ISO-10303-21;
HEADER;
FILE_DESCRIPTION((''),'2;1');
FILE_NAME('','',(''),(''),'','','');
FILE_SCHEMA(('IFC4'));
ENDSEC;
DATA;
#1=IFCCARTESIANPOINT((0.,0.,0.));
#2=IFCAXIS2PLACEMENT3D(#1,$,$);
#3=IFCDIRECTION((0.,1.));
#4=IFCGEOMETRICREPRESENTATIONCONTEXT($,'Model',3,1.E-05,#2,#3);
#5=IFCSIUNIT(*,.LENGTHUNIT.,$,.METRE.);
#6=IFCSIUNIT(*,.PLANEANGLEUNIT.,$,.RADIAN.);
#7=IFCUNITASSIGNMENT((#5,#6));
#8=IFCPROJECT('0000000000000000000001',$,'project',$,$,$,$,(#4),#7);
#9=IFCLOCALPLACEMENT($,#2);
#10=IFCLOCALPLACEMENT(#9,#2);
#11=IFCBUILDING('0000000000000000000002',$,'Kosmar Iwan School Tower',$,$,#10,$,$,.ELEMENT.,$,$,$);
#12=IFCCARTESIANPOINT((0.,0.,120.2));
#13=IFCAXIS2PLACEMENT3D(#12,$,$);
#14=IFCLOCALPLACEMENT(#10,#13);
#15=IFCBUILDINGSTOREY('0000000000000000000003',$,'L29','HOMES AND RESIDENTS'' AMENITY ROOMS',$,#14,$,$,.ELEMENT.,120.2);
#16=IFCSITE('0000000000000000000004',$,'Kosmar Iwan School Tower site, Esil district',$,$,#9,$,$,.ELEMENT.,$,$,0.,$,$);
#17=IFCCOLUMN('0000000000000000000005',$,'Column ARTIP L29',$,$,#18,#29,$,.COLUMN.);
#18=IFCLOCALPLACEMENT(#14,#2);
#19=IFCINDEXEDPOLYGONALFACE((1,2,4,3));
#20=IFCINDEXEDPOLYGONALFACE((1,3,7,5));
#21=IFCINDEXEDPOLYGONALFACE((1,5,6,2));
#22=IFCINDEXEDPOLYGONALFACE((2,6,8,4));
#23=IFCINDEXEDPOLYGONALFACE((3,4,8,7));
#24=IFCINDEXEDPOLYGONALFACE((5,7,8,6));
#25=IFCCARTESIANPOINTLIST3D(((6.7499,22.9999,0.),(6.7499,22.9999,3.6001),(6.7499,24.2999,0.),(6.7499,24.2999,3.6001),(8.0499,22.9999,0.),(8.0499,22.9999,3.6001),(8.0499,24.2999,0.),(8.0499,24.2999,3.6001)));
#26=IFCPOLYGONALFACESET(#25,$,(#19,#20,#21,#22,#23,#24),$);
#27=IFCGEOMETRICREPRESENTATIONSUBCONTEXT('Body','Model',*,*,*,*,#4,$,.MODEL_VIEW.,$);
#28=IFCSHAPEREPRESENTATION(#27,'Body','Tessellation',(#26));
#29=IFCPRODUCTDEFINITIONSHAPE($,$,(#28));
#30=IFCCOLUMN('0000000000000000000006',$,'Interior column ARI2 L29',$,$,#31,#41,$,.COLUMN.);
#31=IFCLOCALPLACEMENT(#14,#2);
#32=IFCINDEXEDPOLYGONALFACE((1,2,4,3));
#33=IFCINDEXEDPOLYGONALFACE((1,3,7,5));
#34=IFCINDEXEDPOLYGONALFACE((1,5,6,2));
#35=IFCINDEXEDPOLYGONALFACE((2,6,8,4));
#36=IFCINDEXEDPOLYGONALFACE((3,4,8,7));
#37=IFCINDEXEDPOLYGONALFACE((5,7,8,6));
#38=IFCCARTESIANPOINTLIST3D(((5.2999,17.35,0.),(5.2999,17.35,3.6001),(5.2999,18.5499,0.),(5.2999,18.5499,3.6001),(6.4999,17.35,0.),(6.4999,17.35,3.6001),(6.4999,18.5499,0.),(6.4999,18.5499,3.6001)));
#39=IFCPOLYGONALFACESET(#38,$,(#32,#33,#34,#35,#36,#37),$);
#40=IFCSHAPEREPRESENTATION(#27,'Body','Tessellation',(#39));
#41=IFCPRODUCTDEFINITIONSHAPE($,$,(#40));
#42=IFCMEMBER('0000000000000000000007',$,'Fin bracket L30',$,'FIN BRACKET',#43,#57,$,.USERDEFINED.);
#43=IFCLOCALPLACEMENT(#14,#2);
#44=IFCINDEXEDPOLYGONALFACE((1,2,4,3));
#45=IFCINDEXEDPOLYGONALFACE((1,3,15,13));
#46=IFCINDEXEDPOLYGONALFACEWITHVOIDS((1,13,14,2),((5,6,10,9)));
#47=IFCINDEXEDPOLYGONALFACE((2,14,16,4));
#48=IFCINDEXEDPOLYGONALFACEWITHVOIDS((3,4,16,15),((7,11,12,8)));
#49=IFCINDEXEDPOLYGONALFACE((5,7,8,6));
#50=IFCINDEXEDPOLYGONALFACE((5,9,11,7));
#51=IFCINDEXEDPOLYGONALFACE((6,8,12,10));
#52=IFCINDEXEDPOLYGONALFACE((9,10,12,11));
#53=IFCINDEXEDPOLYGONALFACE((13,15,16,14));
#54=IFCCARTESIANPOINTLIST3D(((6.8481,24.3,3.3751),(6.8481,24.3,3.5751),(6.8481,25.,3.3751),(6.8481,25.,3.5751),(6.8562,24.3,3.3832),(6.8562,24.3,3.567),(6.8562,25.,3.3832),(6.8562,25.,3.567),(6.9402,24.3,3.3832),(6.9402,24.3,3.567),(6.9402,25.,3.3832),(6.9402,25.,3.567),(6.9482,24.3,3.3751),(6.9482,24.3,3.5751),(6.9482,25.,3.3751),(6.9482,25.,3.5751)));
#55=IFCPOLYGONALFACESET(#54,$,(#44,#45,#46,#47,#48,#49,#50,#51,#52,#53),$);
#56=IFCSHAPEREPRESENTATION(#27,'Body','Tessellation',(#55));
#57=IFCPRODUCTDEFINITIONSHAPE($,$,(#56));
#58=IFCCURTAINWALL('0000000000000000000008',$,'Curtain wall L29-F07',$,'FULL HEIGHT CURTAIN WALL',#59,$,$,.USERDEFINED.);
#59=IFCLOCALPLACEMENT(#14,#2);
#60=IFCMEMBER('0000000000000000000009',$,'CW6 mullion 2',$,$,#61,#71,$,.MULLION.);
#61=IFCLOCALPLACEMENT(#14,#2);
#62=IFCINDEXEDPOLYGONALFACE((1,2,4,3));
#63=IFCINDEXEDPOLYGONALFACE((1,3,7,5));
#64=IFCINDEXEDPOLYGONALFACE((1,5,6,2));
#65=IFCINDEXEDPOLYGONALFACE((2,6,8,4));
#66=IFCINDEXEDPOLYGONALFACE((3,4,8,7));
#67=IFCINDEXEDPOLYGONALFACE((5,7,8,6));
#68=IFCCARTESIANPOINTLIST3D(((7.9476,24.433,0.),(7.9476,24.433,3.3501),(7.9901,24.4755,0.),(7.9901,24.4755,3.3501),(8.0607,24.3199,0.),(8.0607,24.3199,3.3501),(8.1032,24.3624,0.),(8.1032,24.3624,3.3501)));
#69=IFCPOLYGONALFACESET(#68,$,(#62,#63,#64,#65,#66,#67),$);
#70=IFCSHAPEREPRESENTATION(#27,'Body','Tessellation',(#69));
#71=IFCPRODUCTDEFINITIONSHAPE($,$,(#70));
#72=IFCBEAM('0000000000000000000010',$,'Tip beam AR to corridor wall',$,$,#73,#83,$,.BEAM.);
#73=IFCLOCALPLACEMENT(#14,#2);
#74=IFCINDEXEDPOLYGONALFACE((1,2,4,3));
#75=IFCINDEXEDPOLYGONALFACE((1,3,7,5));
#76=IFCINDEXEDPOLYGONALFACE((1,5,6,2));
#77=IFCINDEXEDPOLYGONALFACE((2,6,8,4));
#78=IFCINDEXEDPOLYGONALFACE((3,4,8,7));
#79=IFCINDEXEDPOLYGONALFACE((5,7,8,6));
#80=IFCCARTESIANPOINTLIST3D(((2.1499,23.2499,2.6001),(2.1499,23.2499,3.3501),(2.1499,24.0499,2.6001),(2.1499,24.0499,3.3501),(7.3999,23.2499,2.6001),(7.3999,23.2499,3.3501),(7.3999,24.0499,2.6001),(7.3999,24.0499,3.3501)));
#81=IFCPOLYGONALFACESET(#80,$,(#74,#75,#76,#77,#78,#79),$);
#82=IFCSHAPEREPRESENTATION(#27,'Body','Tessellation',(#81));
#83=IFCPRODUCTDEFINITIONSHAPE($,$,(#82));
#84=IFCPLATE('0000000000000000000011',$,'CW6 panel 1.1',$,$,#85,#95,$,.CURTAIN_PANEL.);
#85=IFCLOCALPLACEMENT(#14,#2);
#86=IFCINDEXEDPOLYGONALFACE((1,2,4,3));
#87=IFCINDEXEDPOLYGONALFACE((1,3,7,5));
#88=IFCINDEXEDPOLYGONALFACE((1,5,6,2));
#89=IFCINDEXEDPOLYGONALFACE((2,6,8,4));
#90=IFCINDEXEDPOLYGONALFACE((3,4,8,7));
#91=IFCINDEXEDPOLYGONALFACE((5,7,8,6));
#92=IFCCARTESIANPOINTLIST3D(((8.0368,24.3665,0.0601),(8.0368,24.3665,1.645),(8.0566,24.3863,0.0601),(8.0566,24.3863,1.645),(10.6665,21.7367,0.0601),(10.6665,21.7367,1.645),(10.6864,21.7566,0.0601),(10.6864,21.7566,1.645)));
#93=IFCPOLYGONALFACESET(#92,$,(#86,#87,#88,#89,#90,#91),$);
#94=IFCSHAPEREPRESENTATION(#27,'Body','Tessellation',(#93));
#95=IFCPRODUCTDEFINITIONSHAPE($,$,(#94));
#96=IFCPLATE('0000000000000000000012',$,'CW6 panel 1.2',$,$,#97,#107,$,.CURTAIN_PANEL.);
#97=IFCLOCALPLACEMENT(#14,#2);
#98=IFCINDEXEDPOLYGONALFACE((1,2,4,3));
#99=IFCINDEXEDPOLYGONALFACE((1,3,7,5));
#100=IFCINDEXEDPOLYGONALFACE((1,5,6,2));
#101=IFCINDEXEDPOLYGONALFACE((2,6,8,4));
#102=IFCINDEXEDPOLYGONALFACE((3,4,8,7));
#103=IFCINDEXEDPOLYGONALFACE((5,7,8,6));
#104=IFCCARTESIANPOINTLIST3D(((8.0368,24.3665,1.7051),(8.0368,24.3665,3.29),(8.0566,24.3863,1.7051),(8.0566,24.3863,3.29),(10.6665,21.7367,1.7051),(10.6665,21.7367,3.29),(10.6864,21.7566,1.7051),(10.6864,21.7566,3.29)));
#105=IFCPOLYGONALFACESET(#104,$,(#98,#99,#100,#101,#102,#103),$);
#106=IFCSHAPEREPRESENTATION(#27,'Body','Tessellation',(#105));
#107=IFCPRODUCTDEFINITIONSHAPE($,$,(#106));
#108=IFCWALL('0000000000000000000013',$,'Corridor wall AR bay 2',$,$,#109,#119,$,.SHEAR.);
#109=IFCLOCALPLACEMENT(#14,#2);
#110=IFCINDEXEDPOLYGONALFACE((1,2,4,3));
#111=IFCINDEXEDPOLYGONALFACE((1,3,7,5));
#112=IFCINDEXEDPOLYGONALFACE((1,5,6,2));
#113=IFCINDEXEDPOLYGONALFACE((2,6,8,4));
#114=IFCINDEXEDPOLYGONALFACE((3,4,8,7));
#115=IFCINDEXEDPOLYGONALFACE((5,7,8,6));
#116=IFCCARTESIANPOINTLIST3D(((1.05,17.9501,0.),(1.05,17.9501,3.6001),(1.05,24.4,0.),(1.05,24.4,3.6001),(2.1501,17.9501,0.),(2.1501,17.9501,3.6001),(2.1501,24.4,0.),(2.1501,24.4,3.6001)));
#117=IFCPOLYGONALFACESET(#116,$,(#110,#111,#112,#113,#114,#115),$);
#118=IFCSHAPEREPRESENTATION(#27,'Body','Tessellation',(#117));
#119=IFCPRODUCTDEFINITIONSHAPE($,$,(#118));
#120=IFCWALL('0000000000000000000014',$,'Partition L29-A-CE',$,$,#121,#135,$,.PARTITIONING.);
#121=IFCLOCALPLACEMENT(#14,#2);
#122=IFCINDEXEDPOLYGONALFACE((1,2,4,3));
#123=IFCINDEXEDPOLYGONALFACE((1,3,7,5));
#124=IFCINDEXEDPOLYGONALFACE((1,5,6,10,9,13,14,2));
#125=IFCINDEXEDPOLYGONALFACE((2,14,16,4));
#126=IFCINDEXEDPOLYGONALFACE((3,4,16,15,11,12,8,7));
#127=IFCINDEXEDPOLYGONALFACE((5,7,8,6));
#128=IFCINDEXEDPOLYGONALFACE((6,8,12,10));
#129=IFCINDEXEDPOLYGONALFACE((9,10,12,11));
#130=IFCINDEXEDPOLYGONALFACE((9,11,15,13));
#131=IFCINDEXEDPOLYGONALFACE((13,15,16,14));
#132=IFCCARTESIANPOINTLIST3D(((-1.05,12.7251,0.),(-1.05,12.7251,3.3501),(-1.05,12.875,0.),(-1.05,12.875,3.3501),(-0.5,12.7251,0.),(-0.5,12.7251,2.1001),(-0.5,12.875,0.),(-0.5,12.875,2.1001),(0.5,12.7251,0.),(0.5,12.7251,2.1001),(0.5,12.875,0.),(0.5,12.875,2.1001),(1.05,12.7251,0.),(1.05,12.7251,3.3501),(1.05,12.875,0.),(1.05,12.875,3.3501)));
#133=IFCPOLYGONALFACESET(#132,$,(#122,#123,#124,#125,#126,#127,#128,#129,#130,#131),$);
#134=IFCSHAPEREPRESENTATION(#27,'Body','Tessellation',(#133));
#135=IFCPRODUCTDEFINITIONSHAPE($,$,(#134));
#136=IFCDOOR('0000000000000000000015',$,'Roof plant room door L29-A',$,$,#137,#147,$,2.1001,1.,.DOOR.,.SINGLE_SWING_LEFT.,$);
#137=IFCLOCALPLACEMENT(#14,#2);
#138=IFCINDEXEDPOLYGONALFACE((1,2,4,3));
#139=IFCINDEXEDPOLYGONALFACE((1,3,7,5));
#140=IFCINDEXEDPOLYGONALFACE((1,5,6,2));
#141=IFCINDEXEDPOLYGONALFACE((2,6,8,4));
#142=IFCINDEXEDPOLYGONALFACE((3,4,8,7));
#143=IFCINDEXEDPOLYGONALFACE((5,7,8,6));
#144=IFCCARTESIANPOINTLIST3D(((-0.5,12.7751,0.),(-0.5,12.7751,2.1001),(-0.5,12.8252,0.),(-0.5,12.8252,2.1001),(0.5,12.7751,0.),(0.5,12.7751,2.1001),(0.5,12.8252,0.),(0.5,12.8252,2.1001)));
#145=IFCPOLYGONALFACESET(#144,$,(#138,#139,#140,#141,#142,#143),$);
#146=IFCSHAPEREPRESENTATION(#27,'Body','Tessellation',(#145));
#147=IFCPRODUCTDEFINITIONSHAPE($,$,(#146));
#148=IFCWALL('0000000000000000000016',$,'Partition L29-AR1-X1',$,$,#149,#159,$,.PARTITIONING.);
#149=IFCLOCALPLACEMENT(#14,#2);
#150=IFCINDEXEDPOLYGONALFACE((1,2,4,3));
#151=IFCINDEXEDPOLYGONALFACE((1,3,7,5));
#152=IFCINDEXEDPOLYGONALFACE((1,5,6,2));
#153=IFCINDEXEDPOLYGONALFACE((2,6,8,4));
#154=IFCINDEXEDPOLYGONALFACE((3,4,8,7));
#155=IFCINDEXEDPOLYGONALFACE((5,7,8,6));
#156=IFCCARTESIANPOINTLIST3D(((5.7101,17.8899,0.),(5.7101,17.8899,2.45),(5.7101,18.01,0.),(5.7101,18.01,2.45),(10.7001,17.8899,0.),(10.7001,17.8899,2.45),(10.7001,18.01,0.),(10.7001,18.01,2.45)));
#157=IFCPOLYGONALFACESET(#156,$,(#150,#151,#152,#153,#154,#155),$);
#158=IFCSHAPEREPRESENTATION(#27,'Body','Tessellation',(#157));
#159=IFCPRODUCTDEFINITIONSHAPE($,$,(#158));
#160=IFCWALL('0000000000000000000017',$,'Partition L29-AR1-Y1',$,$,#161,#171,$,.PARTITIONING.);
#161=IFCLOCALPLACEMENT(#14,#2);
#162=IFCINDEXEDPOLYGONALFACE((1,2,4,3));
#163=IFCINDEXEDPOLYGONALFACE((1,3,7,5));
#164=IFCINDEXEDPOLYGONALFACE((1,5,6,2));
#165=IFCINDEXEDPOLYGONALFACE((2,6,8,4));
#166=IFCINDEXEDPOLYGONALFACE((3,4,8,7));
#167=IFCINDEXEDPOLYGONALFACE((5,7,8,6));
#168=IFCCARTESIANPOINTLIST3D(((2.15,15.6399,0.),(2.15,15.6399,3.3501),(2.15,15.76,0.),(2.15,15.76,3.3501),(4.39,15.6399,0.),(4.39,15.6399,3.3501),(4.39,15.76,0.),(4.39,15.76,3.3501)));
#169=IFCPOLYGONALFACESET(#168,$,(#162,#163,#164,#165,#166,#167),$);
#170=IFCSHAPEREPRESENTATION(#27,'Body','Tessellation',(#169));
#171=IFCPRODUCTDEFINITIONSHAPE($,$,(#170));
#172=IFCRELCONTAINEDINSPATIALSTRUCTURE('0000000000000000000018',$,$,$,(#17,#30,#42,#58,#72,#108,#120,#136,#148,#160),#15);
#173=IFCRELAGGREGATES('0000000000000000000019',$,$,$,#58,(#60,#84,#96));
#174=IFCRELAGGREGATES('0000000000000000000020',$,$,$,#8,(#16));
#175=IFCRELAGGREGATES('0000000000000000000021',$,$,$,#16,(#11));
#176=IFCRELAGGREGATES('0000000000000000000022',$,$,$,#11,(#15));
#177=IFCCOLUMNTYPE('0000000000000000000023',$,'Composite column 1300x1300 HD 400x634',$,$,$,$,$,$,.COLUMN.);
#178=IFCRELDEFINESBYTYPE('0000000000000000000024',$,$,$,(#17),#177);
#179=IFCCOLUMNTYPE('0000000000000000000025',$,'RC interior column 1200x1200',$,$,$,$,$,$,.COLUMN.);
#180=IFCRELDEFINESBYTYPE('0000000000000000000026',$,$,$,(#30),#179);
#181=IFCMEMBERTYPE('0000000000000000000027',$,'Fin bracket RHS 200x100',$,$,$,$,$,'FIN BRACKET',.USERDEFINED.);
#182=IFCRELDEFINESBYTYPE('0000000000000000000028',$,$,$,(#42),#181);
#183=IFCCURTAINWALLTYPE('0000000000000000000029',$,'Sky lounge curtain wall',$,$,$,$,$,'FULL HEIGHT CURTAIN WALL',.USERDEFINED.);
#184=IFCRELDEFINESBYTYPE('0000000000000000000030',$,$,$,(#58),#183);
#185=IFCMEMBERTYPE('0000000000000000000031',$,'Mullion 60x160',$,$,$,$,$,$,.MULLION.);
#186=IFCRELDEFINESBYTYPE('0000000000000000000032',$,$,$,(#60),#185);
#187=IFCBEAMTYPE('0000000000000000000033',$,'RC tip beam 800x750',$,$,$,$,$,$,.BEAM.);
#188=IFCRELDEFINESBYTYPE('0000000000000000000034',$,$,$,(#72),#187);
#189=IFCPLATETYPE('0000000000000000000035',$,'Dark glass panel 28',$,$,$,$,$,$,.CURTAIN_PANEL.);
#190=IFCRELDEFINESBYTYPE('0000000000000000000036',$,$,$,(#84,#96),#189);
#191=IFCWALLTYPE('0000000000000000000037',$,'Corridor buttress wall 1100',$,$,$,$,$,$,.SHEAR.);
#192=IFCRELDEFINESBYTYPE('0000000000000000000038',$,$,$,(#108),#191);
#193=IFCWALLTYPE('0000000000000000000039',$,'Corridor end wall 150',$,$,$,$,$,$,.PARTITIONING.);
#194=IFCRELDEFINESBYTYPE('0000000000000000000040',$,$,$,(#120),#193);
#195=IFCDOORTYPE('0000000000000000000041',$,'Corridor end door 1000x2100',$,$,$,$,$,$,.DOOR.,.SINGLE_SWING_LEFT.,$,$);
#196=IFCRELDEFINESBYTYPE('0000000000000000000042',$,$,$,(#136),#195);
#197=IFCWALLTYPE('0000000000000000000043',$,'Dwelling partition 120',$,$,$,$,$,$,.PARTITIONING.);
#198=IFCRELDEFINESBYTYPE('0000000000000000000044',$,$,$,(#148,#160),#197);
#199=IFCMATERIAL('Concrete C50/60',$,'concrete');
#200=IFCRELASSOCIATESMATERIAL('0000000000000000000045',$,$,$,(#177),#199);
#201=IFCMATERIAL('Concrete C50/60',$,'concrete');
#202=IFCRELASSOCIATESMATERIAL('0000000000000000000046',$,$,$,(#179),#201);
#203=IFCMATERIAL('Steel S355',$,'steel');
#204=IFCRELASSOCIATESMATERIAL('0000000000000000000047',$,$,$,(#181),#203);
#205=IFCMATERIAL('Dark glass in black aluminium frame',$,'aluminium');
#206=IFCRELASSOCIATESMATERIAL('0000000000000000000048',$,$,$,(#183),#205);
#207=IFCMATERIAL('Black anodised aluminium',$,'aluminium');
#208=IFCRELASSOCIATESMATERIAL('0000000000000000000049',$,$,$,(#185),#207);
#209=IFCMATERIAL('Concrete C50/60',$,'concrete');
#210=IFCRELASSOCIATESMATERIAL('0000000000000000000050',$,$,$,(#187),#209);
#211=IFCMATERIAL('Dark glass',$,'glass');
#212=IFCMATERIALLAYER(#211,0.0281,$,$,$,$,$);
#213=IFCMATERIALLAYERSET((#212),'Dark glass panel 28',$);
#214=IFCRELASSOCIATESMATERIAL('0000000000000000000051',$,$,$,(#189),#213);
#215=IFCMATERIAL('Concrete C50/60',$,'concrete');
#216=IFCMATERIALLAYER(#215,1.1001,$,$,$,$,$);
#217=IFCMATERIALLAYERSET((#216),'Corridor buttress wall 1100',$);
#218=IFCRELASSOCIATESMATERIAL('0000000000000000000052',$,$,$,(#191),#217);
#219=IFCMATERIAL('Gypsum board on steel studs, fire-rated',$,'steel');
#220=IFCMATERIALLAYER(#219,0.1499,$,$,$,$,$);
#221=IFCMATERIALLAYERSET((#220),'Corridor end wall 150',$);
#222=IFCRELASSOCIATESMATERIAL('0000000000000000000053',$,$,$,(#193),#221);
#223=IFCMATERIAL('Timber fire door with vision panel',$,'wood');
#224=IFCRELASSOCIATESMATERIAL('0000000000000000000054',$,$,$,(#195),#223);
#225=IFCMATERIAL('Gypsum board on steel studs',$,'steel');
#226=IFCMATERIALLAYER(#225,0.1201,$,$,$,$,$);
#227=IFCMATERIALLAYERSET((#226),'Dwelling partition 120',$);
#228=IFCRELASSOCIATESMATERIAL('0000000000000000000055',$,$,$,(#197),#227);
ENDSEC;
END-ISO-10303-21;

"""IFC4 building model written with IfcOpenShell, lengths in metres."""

from ifc_helpers import new_model, si_unit, direction, frame, frame_2d, origin, origin_2d, place, context, subcontext, project, spatial, rectangle, hollow_rectangle, extrude, material, layer, layer_set, material_profile, profile_set, type_object, element, fill, aggregate, save


model = new_model("IFC4")

# Units and contexts
model_context = context("Model", 3, precision=1e-05, world=origin(), true_north=direction((0.0, 1.0)))
body_context = subcontext(model_context, "Body", "Model", "MODEL_VIEW")
ifc_project = project(units=[si_unit("LENGTHUNIT", "METRE"), si_unit("PLANEANGLEUNIT", "RADIAN")], contexts=[model_context])

# Site, building, storey
site_placement = place(None, origin())
site = spatial("IfcSite", under=ifc_project, at=site_placement, Name="Kosmar Iwan School Tower site, Esil district", CompositionType="ELEMENT", RefElevation=0.0)
building_placement = place(site_placement, origin())
building = spatial("IfcBuilding", under=site, at=building_placement, Name="Kosmar Iwan School Tower", CompositionType="ELEMENT")
storey_placement = place(building_placement, frame((0.0, 0.0, 120.2)))
storey = spatial("IfcBuildingStorey", under=building, at=storey_placement, Name="L29", Description="HOMES AND RESIDENTS' AMENITY ROOMS", CompositionType="ELEMENT", Elevation=120.2)

# Columns
ifc_material_1 = material(Name="Concrete C50/60", Category="concrete")
ifc_material_profile_1 = material_profile(ifc_material_1, rectangle(XDim=1.3, YDim=1.3, at=origin_2d()), Name="RC 1300x1300 + HD 400x634")
ifc_profile_set_1 = profile_set([ifc_material_profile_1], Name="Concrete C50/60")
column_type_1 = type_object("IfcColumnType", Name="Composite column 1300x1300 HD 400x634", PredefinedType="COLUMN", material=ifc_profile_set_1)
column_1_placement = place(storey_placement, frame((7.3999, 23.6499, 0.0), z_axis=(0.0, 0.0, 1.0), x_axis=(0.0, 1.0, 0.0)))
element("IfcColumn", 1, at=column_1_placement, inside=storey, type_object=column_type_1, Name="Column ARTIP L29", PredefinedType="COLUMN", context=body_context, shape_type="SweptSolid", body=[
    extrude(rectangle(XDim=1.3, YDim=1.3, at=origin_2d()), origin(), (0.0, 0.0, 1.0), 3.6001),
])
ifc_material_2 = material(Name="Concrete C50/60", Category="concrete")
ifc_material_profile_2 = material_profile(ifc_material_2, rectangle(XDim=1.2, YDim=1.2, at=origin_2d()), Name="RC 1200x1200")
ifc_profile_set_2 = profile_set([ifc_material_profile_2], Name="Concrete C50/60")
column_type_2 = type_object("IfcColumnType", Name="RC interior column 1200x1200", PredefinedType="COLUMN", material=ifc_profile_set_2)
column_2_placement = place(storey_placement, frame((5.8999, 17.95, 0.0), z_axis=(0.0, 0.0, 1.0), x_axis=(0.0, 1.0, 0.0)))
element("IfcColumn", 2, at=column_2_placement, inside=storey, type_object=column_type_2, Name="Interior column ARI2 L29", PredefinedType="COLUMN", context=body_context, shape_type="SweptSolid", body=[
    extrude(rectangle(XDim=1.2, YDim=1.2, at=origin_2d()), origin(), (0.0, 0.0, 1.0), 3.6001),
])

# Member
ifc_material_3 = material(Name="Steel S355", Category="steel")
ifc_material_profile_3 = material_profile(ifc_material_3, hollow_rectangle(XDim=0.1001, YDim=0.2, WallThickness=0.0081, at=origin_2d()), Name="RHS 200x100x8")
ifc_profile_set_3 = profile_set([ifc_material_profile_3], Name="Steel S355")
member_type_1 = type_object("IfcMemberType", Name="Fin bracket RHS 200x100", ElementType="FIN BRACKET", PredefinedType="USERDEFINED", material=ifc_profile_set_3)
member_1_placement = place(storey_placement, frame((6.8982, 24.3, 3.4751), z_axis=(0.0, 1.0, 0.0), x_axis=(-1.0, 0.0, 0.0)))
element("IfcMember", 3, at=member_1_placement, inside=storey, type_object=member_type_1, Name="Fin bracket L30", ObjectType="FIN BRACKET", PredefinedType="USERDEFINED", context=body_context, shape_type="SweptSolid", body=[
    extrude(hollow_rectangle(XDim=0.1001, YDim=0.2, WallThickness=0.0081, at=origin_2d()), origin(), (0.0, 0.0, 1.0), 0.7),
])

# Curtain wall, member
ifc_material_4 = material(Name="Dark glass in black aluminium frame", Category="aluminium")
curtain_wall_type = type_object("IfcCurtainWallType", Name="Sky lounge curtain wall", ElementType="FULL HEIGHT CURTAIN WALL", PredefinedType="USERDEFINED", material=ifc_material_4)
curtain_wall_placement = place(storey_placement, origin())
curtain_wall = element("IfcCurtainWall", 4, at=curtain_wall_placement, inside=storey, type_object=curtain_wall_type, Name="Curtain wall L29-F07", ObjectType="FULL HEIGHT CURTAIN WALL", PredefinedType="USERDEFINED")
ifc_material_5 = material(Name="Black anodised aluminium", Category="aluminium")
ifc_material_profile_4 = material_profile(ifc_material_5, rectangle(XDim=0.0601, YDim=0.1599, at=origin_2d()), Name="MULLION 60x160")
ifc_profile_set_4 = profile_set([ifc_material_profile_4], Name="Black anodised aluminium")
member_type_2 = type_object("IfcMemberType", Name="Mullion 60x160", PredefinedType="MULLION", material=ifc_profile_set_4)
member_2_placement = place(storey_placement, frame((8.0254, 24.3977, 0.0), z_axis=(0.0, 0.0, 1.0), x_axis=(-0.707107, -0.707107, 0.0)))
member_2 = element("IfcMember", 5, at=member_2_placement, type_object=member_type_2, Name="CW6 mullion 2", PredefinedType="MULLION", context=body_context, shape_type="SweptSolid", body=[
    extrude(rectangle(XDim=0.0601, YDim=0.1599, at=origin_2d()), origin(), (0.0, 0.0, 1.0), 3.3501),
])

# Beam
ifc_material_6 = material(Name="Concrete C50/60", Category="concrete")
ifc_material_profile_5 = material_profile(ifc_material_6, rectangle(XDim=0.8, YDim=0.75, at=origin_2d()), Name="RC 800x750")
ifc_profile_set_5 = profile_set([ifc_material_profile_5], Name="Concrete C50/60")
beam_type = type_object("IfcBeamType", Name="RC tip beam 800x750", PredefinedType="BEAM", material=ifc_profile_set_5)
beam_placement = place(storey_placement, frame((7.3999, 23.6499, 2.9751), z_axis=(-1.0, 0.0, 0.0), x_axis=(0.0, -1.0, 0.0)))
element("IfcBeam", 6, at=beam_placement, inside=storey, type_object=beam_type, Name="Tip beam AR to corridor wall", PredefinedType="BEAM", context=body_context, shape_type="SweptSolid", body=[
    extrude(rectangle(XDim=0.8, YDim=0.75, at=origin_2d()), origin(), (0.0, 0.0, 1.0), 5.25),
])

# Plates
ifc_material_7 = material(Name="Dark glass", Category="glass")
ifc_layer_1 = layer(ifc_material_7, 0.0281)
ifc_layer_set_1 = layer_set([ifc_layer_1], Name="Dark glass panel 28")
plate_type = type_object("IfcPlateType", Name="Dark glass panel 28", PredefinedType="CURTAIN_PANEL", material=ifc_layer_set_1)
plate_1_placement = place(storey_placement, frame((9.3616, 23.0615, 0.0601), z_axis=(0.0, 0.0, 1.0), x_axis=(-0.707107, 0.707107, 0.0)))
plate_1 = element("IfcPlate", 7, at=plate_1_placement, type_object=plate_type, Name="CW6 panel 1.1", PredefinedType="CURTAIN_PANEL", context=body_context, shape_type="SweptSolid", body=[
    extrude(rectangle(XDim=3.719, YDim=0.0281, at=origin_2d()), origin(), (0.0, 0.0, 1.0), 1.585),
])
plate_2_placement = place(storey_placement, frame((9.3616, 23.0615, 1.7051), z_axis=(0.0, 0.0, 1.0), x_axis=(-0.707107, 0.707107, 0.0)))
plate_2 = element("IfcPlate", 8, at=plate_2_placement, type_object=plate_type, Name="CW6 panel 1.2", PredefinedType="CURTAIN_PANEL", context=body_context, shape_type="SweptSolid", body=[
    extrude(rectangle(XDim=3.719, YDim=0.0281, at=origin_2d()), origin(), (0.0, 0.0, 1.0), 1.585),
])
aggregate(curtain_wall, [member_2, plate_1, plate_2])

# Wall
ifc_material_8 = material(Name="Concrete C50/60", Category="concrete")
ifc_layer_2 = layer(ifc_material_8, 1.1001)
ifc_layer_set_2 = layer_set([ifc_layer_2], Name="Corridor buttress wall 1100")
wall_type_1 = type_object("IfcWallType", Name="Corridor buttress wall 1100", PredefinedType="SHEAR", material=ifc_layer_set_2)
wall_1_placement = place(storey_placement, frame((1.6001, 17.95, 0.0), z_axis=(0.0, 0.0, 1.0), x_axis=(0.0, 1.0, 0.0)))
element("IfcWall", 9, at=wall_1_placement, inside=storey, type_object=wall_type_1, Name="Corridor wall AR bay 2", PredefinedType="SHEAR", context=body_context, shape_type="SweptSolid", body=[
    extrude(rectangle(XDim=6.45, YDim=1.1001, at=frame_2d((3.2251, 0.0))), origin(), (0.0, 0.0, 1.0), 3.6001),
])

# Wall, opening, door
ifc_material_9 = material(Name="Gypsum board on steel studs, fire-rated", Category="steel")
ifc_layer_3 = layer(ifc_material_9, 0.1499)
ifc_layer_set_3 = layer_set([ifc_layer_3], Name="Corridor end wall 150")
wall_type_2 = type_object("IfcWallType", Name="Corridor end wall 150", PredefinedType="PARTITIONING", material=ifc_layer_set_3)
wall_2_placement = place(storey_placement, frame((1.05, 12.8, 0.0), z_axis=(0.0, 0.0, 1.0), x_axis=(-1.0, 0.0, 0.0)))
wall_2 = element("IfcWall", 10, at=wall_2_placement, inside=storey, type_object=wall_type_2, Name="Partition L29-A-CE", PredefinedType="PARTITIONING", context=body_context, shape_type="SweptSolid", body=[
    extrude(rectangle(XDim=2.1001, YDim=0.1499, at=frame_2d((1.05, 0.0))), origin(), (0.0, 0.0, 1.0), 3.3501),
])
opening_1_placement = place(wall_2_placement, frame((0.55, 0.0, 0.0)))
opening_1 = element("IfcOpeningElement", 11, at=opening_1_placement, cuts=wall_2, PredefinedType="OPENING", context=body_context, shape_type="SweptSolid", body=[
    extrude(rectangle(XDim=1.0, YDim=2.1001, at=frame_2d((0.5, 1.05))), frame((0.0, 0.0869, 0.0), z_axis=(0.0, -1.0, 0.0), x_axis=(1.0, 0.0, 0.0)), (0.0, 0.0, 1.0), 0.1738),
])
ifc_material_10 = material(Name="Timber fire door with vision panel", Category="wood")
door_type_1 = type_object("IfcDoorType", Name="Corridor end door 1000x2100", OperationType="SINGLE_SWING_LEFT", PredefinedType="DOOR", material=ifc_material_10)
door_1_placement = place(opening_1_placement, origin())
door_1 = element("IfcDoor", 12, at=door_1_placement, inside=storey, type_object=door_type_1, Name="Roof plant room door L29-A", OperationType="SINGLE_SWING_LEFT", OverallHeight=2.1001, OverallWidth=1.0, PredefinedType="DOOR", context=body_context, shape_type="SweptSolid", body=[
    extrude(rectangle(XDim=1.0, YDim=2.1001, at=frame_2d((0.5, 1.05))), frame((0.0, 0.0249, 0.0), z_axis=(0.0, -1.0, 0.0), x_axis=(1.0, 0.0, 0.0)), (0.0, 0.0, 1.0), 0.05),
])
fill(opening_1, door_1)

# Walls
ifc_material_11 = material(Name="Gypsum board on steel studs", Category="steel")
ifc_layer_4 = layer(ifc_material_11, 0.1201)
ifc_layer_set_4 = layer_set([ifc_layer_4], Name="Dwelling partition 120")
wall_type_3 = type_object("IfcWallType", Name="Dwelling partition 120", PredefinedType="PARTITIONING", material=ifc_layer_set_4)
wall_3_placement = place(storey_placement, frame((5.71, 17.95, 0.0), z_axis=(0.0, 0.0, 1.0), x_axis=(1.0, 0.0, 0.0)))
element("IfcWall", 13, at=wall_3_placement, inside=storey, type_object=wall_type_3, Name="Partition L29-AR1-X1", PredefinedType="PARTITIONING", context=body_context, shape_type="SweptSolid", body=[
    extrude(rectangle(XDim=4.99, YDim=0.1201, at=frame_2d((2.4951, 0.0))), origin(), (0.0, 0.0, 1.0), 2.45),
])
wall_4_placement = place(storey_placement, frame((2.1499, 15.7, 0.0), z_axis=(0.0, 0.0, 1.0), x_axis=(1.0, 0.0, 0.0)))
element("IfcWall", 14, at=wall_4_placement, inside=storey, type_object=wall_type_3, Name="Partition L29-AR1-Y1", PredefinedType="PARTITIONING", context=body_context, shape_type="SweptSolid", body=[
    extrude(rectangle(XDim=2.24, YDim=0.1201, at=frame_2d((1.1201, 0.0))), origin(), (0.0, 0.0, 1.0), 3.3501),
])

save(model, "model.ifc")
